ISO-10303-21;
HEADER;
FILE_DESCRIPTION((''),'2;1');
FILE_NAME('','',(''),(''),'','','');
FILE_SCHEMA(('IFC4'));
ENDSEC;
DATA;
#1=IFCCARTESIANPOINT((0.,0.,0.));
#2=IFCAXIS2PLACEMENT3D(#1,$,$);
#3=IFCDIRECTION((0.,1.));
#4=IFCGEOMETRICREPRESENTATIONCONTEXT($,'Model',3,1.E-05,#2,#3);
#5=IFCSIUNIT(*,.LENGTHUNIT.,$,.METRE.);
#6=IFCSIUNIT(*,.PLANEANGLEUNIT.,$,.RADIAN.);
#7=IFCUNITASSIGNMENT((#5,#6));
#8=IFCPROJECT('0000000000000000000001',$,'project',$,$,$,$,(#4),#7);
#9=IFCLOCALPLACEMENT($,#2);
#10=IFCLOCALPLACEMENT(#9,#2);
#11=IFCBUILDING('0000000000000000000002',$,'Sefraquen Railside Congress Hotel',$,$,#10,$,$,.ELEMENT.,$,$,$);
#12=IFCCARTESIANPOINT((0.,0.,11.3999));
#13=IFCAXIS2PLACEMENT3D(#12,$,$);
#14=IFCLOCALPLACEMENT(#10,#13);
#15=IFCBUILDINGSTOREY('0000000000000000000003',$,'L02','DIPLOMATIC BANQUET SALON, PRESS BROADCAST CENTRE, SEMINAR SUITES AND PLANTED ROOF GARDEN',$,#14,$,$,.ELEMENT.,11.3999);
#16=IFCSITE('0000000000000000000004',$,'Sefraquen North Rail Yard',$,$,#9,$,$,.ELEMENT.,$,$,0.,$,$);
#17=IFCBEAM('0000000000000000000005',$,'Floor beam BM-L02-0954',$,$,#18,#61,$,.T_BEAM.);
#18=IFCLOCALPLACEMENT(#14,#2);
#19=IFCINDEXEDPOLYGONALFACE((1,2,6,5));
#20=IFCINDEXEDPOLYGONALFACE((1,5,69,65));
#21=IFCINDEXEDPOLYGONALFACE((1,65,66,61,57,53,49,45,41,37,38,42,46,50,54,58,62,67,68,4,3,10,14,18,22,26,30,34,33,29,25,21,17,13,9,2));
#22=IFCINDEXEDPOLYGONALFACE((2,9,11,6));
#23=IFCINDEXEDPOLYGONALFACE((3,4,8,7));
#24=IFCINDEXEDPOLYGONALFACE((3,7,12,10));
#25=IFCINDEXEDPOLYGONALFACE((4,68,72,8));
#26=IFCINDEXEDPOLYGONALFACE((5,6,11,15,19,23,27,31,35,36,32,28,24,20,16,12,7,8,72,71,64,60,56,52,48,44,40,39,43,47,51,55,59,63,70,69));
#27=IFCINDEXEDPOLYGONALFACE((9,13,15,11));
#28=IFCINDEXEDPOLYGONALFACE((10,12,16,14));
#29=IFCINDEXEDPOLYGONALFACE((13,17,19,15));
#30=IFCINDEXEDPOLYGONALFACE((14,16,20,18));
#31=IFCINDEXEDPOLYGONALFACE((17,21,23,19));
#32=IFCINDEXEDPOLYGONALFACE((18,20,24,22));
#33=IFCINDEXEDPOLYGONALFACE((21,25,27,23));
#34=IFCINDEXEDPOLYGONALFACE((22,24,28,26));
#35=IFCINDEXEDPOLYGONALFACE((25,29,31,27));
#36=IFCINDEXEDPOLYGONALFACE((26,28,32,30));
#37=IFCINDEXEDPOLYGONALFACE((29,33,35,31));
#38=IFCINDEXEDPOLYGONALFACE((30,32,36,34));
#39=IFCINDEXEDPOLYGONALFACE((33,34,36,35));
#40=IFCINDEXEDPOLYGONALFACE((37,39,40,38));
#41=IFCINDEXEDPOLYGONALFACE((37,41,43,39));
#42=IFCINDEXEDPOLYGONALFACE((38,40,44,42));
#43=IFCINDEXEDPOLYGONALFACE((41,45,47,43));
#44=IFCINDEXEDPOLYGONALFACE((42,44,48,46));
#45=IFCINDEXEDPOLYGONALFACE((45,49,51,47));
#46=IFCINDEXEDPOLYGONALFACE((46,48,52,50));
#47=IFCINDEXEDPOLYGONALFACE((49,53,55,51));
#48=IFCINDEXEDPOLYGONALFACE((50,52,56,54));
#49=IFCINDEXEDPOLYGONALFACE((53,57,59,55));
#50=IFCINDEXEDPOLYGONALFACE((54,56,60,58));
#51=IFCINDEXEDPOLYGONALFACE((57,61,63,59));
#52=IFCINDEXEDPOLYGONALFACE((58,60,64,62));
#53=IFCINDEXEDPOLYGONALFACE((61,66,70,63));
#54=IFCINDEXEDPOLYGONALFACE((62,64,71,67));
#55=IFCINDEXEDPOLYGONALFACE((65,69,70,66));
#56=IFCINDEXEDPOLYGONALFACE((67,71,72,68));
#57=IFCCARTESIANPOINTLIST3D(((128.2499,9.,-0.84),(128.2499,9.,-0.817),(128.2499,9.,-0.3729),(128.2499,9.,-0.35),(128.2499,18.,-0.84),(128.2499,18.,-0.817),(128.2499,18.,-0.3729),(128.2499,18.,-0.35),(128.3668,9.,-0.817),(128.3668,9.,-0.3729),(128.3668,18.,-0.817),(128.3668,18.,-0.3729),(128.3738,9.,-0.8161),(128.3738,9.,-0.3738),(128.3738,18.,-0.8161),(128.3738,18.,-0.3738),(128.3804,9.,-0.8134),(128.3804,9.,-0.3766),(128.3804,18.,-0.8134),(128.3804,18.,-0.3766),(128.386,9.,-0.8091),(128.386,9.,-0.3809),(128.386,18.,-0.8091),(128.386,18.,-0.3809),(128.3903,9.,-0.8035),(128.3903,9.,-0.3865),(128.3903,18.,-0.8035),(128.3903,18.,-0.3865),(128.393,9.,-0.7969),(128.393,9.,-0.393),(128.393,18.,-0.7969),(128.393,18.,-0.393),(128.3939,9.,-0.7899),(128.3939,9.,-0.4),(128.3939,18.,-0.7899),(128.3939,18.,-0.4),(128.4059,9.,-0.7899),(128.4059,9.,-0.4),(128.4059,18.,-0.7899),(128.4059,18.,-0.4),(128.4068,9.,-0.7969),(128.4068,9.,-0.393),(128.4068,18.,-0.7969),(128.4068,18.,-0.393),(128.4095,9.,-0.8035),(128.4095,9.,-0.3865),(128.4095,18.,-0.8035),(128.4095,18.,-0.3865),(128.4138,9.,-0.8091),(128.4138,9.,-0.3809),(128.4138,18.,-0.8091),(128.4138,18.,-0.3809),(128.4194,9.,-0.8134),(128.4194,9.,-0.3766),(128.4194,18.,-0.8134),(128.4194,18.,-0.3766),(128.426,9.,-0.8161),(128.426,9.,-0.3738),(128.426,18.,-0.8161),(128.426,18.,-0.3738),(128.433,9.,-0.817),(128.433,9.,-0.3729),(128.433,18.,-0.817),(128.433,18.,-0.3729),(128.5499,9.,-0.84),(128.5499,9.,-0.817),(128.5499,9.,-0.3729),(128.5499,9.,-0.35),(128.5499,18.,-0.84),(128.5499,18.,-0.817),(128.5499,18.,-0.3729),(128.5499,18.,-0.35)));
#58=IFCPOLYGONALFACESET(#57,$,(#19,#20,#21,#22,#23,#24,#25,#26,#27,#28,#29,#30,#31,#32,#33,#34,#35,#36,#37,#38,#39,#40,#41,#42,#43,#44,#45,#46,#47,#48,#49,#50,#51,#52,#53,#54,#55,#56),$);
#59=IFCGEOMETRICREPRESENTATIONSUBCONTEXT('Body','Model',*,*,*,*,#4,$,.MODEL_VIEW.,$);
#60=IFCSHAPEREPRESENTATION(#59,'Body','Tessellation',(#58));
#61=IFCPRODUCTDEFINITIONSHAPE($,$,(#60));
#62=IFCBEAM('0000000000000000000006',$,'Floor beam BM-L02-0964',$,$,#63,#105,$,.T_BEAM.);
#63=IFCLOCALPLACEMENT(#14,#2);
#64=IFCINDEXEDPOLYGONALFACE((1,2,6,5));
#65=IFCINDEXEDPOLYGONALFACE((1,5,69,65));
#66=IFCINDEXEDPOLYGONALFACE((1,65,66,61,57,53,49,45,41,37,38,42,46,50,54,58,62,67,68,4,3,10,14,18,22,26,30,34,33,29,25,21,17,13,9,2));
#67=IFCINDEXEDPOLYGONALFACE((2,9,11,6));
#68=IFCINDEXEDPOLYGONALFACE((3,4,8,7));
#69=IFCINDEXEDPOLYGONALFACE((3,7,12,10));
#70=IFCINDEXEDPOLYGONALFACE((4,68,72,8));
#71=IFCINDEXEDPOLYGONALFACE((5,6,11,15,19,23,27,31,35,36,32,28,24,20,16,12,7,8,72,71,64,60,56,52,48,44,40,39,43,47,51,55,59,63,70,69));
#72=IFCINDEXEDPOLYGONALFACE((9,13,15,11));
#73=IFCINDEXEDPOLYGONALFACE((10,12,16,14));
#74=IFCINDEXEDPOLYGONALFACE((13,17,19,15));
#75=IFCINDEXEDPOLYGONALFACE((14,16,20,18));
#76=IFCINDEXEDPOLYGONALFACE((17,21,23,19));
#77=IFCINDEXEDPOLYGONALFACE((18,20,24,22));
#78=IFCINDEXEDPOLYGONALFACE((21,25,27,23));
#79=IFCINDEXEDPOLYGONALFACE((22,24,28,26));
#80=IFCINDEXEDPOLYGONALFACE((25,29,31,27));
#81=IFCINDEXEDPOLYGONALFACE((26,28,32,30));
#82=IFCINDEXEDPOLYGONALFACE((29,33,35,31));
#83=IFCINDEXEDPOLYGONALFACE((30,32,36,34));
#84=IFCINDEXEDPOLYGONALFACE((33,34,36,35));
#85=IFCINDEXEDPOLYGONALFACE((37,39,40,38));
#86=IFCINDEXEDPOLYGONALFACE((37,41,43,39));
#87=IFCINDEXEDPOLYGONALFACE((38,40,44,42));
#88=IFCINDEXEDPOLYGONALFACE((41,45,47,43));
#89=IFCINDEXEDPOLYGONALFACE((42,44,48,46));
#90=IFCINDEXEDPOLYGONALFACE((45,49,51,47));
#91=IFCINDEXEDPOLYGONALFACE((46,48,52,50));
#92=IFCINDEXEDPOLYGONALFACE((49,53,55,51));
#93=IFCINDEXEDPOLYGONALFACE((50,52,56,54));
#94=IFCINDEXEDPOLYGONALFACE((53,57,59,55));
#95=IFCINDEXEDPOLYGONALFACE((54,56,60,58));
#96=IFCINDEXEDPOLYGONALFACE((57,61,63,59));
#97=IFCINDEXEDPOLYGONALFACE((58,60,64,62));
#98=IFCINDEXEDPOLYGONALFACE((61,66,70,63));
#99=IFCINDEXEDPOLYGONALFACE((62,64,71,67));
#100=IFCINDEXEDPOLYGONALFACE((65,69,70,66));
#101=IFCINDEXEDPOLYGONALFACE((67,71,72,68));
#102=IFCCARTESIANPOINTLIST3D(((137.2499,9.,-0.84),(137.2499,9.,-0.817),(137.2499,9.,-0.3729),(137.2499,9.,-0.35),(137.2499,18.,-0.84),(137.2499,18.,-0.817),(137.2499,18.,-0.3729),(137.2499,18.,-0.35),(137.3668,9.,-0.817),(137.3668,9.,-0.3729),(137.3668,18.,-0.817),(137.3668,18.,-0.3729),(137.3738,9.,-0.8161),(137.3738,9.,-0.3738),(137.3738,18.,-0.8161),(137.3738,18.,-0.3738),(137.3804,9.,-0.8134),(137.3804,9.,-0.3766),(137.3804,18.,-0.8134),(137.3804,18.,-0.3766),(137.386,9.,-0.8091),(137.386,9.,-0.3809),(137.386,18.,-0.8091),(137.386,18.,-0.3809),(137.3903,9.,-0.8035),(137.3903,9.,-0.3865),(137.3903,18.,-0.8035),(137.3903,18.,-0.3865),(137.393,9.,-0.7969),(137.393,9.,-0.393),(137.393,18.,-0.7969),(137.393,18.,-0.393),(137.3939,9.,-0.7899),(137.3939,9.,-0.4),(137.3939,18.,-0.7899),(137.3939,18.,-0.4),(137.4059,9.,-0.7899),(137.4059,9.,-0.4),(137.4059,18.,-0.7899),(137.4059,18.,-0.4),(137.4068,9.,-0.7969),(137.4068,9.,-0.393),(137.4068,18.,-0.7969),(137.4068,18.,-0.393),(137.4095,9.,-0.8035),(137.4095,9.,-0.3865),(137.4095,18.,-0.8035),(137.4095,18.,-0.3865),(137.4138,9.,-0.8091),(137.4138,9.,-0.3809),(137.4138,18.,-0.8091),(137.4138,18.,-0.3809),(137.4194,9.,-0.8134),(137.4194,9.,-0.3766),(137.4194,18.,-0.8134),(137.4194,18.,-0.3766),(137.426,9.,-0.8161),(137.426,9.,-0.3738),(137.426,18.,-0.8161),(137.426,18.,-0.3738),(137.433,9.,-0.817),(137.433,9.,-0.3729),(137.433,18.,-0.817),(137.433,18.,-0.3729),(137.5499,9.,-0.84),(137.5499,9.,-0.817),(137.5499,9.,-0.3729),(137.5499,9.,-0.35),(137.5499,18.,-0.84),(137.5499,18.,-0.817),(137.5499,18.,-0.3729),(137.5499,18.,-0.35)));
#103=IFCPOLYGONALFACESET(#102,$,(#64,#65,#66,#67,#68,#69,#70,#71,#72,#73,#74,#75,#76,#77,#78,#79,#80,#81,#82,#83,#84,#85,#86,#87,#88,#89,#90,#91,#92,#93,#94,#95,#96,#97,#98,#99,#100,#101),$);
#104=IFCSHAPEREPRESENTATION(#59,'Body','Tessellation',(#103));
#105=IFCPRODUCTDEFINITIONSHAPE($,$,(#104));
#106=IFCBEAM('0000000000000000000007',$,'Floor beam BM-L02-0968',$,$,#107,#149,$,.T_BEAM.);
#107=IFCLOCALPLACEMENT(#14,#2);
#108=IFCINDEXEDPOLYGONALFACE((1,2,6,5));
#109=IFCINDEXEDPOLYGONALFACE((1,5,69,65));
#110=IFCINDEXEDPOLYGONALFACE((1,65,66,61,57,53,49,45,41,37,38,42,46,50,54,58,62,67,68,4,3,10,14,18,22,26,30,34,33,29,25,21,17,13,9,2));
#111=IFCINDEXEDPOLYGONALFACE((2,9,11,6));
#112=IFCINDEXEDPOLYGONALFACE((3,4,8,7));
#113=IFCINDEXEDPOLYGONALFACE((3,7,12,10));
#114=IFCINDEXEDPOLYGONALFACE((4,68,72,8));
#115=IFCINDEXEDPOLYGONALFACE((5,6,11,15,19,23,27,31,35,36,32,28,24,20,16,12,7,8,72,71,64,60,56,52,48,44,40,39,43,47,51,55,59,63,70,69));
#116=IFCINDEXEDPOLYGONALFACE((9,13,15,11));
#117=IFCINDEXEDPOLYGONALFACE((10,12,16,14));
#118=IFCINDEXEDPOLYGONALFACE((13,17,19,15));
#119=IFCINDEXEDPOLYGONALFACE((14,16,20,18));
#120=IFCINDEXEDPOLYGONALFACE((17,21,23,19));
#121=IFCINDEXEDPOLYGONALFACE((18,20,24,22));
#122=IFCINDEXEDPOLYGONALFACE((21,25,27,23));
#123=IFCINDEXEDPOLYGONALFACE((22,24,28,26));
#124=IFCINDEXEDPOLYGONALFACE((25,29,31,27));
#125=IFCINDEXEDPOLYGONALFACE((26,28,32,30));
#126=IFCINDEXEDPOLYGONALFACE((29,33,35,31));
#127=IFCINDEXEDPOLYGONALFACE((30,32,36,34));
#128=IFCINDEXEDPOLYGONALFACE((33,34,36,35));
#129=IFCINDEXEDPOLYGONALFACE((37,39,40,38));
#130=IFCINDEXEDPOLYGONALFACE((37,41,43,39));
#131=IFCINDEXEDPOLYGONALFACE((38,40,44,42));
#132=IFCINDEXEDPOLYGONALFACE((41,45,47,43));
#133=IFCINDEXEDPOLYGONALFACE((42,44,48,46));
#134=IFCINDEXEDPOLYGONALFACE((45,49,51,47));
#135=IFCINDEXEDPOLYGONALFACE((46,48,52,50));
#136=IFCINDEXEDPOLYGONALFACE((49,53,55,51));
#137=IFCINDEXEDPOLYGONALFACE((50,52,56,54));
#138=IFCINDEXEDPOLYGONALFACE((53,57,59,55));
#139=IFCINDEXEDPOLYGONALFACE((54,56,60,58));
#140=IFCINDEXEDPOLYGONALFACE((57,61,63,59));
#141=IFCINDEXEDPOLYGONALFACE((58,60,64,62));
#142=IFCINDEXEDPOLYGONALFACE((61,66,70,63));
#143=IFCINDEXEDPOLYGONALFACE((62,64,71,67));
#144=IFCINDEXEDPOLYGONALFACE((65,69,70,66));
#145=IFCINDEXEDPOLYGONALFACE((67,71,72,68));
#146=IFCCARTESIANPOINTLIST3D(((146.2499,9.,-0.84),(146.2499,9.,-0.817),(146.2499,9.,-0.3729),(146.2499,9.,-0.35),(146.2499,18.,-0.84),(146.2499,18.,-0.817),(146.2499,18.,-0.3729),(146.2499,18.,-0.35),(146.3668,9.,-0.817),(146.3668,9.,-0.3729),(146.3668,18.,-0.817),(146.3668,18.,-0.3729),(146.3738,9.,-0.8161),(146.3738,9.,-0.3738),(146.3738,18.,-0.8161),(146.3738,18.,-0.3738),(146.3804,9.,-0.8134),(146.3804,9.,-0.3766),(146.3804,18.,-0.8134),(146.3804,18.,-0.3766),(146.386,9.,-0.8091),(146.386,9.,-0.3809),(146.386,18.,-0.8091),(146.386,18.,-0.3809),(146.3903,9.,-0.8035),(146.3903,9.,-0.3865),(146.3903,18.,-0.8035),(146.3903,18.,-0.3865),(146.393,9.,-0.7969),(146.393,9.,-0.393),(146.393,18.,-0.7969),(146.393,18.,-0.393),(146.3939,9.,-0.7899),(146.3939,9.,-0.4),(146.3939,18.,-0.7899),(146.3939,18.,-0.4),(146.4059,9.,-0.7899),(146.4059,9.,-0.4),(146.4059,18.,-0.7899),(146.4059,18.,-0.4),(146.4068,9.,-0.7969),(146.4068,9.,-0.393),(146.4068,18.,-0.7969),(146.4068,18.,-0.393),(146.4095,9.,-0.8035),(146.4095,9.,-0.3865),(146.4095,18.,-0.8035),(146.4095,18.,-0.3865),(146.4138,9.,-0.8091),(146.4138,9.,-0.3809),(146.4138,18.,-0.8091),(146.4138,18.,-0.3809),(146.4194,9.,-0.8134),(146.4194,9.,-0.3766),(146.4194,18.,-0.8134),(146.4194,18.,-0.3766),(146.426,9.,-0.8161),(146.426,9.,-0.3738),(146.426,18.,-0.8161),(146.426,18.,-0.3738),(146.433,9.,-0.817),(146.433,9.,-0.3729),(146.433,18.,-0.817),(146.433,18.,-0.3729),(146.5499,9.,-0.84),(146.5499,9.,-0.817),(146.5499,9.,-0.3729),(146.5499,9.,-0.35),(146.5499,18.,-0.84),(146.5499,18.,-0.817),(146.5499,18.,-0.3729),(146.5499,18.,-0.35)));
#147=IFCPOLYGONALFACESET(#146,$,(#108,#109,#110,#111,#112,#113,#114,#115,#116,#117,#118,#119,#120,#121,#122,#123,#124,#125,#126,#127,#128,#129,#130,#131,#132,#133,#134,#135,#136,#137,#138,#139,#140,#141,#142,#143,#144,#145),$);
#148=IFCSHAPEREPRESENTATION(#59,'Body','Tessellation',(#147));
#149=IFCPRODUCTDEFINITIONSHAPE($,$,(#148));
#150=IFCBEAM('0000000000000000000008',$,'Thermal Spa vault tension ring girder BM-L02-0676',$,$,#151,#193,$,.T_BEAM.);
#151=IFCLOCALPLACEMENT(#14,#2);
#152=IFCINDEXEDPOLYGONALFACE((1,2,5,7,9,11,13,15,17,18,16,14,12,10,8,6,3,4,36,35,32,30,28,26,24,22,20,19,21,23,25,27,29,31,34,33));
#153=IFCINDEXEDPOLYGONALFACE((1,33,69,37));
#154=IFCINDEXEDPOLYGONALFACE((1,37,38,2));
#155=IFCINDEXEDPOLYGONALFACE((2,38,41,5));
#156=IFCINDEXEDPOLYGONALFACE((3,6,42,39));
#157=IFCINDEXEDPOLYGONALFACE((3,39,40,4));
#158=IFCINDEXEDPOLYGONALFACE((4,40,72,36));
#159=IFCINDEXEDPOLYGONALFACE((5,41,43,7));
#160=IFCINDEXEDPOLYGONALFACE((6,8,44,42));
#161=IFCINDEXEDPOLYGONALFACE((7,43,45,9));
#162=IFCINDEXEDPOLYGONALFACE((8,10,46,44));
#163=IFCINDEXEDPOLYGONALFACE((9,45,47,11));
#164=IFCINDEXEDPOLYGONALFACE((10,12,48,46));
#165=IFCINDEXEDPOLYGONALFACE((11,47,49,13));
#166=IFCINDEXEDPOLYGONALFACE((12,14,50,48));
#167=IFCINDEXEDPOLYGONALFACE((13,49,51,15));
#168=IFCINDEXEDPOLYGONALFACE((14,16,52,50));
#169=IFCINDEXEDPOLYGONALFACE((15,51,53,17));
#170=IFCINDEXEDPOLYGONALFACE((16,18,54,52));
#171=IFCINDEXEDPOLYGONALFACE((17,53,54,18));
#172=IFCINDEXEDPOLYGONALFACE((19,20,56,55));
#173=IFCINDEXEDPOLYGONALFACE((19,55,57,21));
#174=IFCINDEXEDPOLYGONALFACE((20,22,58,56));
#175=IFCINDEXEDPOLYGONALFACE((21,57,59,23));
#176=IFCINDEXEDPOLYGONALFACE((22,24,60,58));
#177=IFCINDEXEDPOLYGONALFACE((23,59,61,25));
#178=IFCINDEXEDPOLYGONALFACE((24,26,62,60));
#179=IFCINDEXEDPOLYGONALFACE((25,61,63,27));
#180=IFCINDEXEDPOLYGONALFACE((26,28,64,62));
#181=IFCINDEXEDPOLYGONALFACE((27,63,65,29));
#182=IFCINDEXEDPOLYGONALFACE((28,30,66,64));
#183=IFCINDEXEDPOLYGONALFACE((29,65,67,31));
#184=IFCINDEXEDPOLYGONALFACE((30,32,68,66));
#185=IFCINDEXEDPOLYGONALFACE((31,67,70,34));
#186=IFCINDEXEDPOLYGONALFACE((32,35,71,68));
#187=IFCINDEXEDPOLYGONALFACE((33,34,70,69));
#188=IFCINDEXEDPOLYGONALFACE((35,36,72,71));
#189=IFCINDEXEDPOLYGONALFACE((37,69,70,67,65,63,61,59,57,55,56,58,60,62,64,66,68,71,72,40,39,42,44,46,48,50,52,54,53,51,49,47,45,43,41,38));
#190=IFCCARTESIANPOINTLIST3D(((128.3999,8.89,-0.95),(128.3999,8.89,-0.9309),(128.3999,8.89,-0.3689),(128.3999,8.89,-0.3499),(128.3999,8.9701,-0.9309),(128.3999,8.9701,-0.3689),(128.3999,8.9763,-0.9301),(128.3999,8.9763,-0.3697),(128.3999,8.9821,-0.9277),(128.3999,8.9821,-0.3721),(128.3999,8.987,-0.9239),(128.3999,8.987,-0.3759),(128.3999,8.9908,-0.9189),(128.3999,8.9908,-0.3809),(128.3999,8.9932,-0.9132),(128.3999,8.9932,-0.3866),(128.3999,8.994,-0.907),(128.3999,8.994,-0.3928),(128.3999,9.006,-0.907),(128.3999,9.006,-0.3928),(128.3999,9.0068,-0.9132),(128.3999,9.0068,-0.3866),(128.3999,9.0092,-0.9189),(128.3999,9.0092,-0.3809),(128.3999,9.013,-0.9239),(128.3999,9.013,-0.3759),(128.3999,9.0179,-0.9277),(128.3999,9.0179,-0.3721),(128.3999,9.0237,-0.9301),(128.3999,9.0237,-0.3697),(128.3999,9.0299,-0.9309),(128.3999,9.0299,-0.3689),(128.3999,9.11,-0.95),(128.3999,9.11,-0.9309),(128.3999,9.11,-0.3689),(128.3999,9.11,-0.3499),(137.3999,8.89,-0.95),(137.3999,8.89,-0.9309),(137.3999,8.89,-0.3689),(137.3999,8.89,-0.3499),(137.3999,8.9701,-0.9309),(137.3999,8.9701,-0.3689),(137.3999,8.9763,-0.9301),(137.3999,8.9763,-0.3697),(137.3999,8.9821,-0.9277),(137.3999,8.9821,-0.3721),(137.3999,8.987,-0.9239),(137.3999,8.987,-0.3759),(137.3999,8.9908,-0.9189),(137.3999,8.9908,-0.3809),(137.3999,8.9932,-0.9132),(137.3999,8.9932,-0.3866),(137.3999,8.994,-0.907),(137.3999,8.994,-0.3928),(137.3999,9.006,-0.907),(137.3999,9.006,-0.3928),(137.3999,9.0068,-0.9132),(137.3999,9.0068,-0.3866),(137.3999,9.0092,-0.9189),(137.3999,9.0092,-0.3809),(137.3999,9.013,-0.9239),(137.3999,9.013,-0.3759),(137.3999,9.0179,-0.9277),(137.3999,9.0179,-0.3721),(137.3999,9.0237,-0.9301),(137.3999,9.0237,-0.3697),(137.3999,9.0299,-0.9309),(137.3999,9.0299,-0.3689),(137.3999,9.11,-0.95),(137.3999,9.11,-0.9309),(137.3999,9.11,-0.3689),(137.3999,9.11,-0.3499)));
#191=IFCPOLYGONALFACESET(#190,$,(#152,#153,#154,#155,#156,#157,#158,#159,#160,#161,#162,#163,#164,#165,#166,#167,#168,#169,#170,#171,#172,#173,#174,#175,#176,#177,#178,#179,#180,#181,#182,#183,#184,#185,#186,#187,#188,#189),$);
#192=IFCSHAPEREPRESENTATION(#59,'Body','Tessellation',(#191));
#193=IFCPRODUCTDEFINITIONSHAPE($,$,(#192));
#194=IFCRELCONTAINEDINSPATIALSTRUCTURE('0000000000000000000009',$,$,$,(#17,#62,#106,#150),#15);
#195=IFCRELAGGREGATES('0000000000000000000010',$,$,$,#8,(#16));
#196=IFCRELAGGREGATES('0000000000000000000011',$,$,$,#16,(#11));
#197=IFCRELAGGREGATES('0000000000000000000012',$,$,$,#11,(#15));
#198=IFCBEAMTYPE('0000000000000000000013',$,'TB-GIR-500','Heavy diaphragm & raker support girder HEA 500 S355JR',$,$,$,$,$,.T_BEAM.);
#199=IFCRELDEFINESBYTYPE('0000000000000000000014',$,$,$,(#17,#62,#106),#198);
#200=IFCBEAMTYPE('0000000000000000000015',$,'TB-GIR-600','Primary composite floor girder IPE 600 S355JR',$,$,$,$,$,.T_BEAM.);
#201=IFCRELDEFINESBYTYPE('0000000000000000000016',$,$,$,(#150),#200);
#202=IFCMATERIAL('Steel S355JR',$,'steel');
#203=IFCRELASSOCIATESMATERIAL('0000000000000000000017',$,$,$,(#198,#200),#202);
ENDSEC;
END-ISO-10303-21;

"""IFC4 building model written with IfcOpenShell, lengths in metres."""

from ifc_helpers import new_model, si_unit, direction, frame, origin, origin_2d, place, context, subcontext, project, spatial, i_section, extrude, material, material_profile, profile_set, type_object, element, save


model = new_model("IFC4")

# Units and contexts
model_context = context("Model", 3, precision=1e-05, world=origin(), true_north=direction((0.0, 1.0)))
body_context = subcontext(model_context, "Body", "Model", "MODEL_VIEW")
ifc_project = project(units=[si_unit("LENGTHUNIT", "METRE"), si_unit("PLANEANGLEUNIT", "RADIAN")], contexts=[model_context])

# Site, building, storey
site_placement = place(None, origin())
site = spatial("IfcSite", under=ifc_project, at=site_placement, Name="Sefraquen North Rail Yard", CompositionType="ELEMENT", RefElevation=0.0)
building_placement = place(site_placement, origin())
building = spatial("IfcBuilding", under=site, at=building_placement, Name="Sefraquen Railside Congress Hotel", CompositionType="ELEMENT")
storey_placement = place(building_placement, frame((0.0, 0.0, 11.3999)))
storey = spatial("IfcBuildingStorey", under=building, at=storey_placement, Name="L02", Description="DIPLOMATIC BANQUET SALON, PRESS BROADCAST CENTRE, SEMINAR SUITES AND PLANTED ROOF GARDEN", CompositionType="ELEMENT", Elevation=11.3999)

# Beams
ifc_material_1 = material(Name="Steel S355JR", Category="steel")
ifc_material_profile_1 = material_profile(ifc_material_1, i_section(OverallWidth=0.3, OverallDepth=0.49, WebThickness=0.012, FlangeThickness=0.0229, FilletRadius=0.0271, at=origin_2d()), Name="HEA 500")
ifc_profile_set_1 = profile_set([ifc_material_profile_1], Name="Steel S355JR")
beam_type_1 = type_object("IfcBeamType", Name="TB-GIR-500", Description="Heavy diaphragm & raker support girder HEA 500 S355JR", PredefinedType="T_BEAM", material=ifc_profile_set_1)
for number, where, z_axis, x_axis, name in (
    (1, (128.3999, 9.0, -0.595), (0.0, 1.0, 0.0), (-1.0, 0.0, 0.0), "Floor beam BM-L02-0954"),
    (2, (137.3999, 9.0, -0.595), (0.0, 1.0, 0.0), (-1.0, 0.0, 0.0), "Floor beam BM-L02-0964"),
    (3, (146.3999, 9.0, -0.595), (0.0, 1.0, 0.0), (-1.0, 0.0, 0.0), "Floor beam BM-L02-0968"),
):
    element("IfcBeam", number, at=place(storey_placement, frame(where, z_axis=z_axis, x_axis=x_axis)), inside=storey, type_object=beam_type_1, Name=name, PredefinedType="T_BEAM", context=body_context, shape_type="SweptSolid", body=[
        extrude(i_section(OverallWidth=0.3, OverallDepth=0.49, WebThickness=0.012, FlangeThickness=0.0229, FilletRadius=0.0271, at=origin_2d()), origin(), (0.0, 0.0, 1.0), 9.0),
    ])
ifc_material_profile_2 = material_profile(ifc_material_1, i_section(OverallWidth=0.22, OverallDepth=0.6001, WebThickness=0.012, FlangeThickness=0.019, FilletRadius=0.0239, at=origin_2d()), Name="IPE 600")
ifc_profile_set_2 = profile_set([ifc_material_profile_2], Name="Steel S355JR")
beam_type_2 = type_object("IfcBeamType", Name="TB-GIR-600", Description="Primary composite floor girder IPE 600 S355JR", PredefinedType="T_BEAM", material=ifc_profile_set_2)
for number, where, z_axis, x_axis, name in (
    (4, (128.3999, 9.0, -0.6499), (1.0, 0.0, 0.0), (0.0, 1.0, 0.0), "Thermal Spa vault tension ring girder BM-L02-0676"),
):
    element("IfcBeam", number, at=place(storey_placement, frame(where, z_axis=z_axis, x_axis=x_axis)), inside=storey, type_object=beam_type_2, Name=name, PredefinedType="T_BEAM", context=body_context, shape_type="SweptSolid", body=[
        extrude(i_section(OverallWidth=0.22, OverallDepth=0.6001, WebThickness=0.012, FlangeThickness=0.019, FilletRadius=0.0239, at=origin_2d()), origin(), (0.0, 0.0, 1.0), 9.0),
    ])

save(model, "model.ifc")
